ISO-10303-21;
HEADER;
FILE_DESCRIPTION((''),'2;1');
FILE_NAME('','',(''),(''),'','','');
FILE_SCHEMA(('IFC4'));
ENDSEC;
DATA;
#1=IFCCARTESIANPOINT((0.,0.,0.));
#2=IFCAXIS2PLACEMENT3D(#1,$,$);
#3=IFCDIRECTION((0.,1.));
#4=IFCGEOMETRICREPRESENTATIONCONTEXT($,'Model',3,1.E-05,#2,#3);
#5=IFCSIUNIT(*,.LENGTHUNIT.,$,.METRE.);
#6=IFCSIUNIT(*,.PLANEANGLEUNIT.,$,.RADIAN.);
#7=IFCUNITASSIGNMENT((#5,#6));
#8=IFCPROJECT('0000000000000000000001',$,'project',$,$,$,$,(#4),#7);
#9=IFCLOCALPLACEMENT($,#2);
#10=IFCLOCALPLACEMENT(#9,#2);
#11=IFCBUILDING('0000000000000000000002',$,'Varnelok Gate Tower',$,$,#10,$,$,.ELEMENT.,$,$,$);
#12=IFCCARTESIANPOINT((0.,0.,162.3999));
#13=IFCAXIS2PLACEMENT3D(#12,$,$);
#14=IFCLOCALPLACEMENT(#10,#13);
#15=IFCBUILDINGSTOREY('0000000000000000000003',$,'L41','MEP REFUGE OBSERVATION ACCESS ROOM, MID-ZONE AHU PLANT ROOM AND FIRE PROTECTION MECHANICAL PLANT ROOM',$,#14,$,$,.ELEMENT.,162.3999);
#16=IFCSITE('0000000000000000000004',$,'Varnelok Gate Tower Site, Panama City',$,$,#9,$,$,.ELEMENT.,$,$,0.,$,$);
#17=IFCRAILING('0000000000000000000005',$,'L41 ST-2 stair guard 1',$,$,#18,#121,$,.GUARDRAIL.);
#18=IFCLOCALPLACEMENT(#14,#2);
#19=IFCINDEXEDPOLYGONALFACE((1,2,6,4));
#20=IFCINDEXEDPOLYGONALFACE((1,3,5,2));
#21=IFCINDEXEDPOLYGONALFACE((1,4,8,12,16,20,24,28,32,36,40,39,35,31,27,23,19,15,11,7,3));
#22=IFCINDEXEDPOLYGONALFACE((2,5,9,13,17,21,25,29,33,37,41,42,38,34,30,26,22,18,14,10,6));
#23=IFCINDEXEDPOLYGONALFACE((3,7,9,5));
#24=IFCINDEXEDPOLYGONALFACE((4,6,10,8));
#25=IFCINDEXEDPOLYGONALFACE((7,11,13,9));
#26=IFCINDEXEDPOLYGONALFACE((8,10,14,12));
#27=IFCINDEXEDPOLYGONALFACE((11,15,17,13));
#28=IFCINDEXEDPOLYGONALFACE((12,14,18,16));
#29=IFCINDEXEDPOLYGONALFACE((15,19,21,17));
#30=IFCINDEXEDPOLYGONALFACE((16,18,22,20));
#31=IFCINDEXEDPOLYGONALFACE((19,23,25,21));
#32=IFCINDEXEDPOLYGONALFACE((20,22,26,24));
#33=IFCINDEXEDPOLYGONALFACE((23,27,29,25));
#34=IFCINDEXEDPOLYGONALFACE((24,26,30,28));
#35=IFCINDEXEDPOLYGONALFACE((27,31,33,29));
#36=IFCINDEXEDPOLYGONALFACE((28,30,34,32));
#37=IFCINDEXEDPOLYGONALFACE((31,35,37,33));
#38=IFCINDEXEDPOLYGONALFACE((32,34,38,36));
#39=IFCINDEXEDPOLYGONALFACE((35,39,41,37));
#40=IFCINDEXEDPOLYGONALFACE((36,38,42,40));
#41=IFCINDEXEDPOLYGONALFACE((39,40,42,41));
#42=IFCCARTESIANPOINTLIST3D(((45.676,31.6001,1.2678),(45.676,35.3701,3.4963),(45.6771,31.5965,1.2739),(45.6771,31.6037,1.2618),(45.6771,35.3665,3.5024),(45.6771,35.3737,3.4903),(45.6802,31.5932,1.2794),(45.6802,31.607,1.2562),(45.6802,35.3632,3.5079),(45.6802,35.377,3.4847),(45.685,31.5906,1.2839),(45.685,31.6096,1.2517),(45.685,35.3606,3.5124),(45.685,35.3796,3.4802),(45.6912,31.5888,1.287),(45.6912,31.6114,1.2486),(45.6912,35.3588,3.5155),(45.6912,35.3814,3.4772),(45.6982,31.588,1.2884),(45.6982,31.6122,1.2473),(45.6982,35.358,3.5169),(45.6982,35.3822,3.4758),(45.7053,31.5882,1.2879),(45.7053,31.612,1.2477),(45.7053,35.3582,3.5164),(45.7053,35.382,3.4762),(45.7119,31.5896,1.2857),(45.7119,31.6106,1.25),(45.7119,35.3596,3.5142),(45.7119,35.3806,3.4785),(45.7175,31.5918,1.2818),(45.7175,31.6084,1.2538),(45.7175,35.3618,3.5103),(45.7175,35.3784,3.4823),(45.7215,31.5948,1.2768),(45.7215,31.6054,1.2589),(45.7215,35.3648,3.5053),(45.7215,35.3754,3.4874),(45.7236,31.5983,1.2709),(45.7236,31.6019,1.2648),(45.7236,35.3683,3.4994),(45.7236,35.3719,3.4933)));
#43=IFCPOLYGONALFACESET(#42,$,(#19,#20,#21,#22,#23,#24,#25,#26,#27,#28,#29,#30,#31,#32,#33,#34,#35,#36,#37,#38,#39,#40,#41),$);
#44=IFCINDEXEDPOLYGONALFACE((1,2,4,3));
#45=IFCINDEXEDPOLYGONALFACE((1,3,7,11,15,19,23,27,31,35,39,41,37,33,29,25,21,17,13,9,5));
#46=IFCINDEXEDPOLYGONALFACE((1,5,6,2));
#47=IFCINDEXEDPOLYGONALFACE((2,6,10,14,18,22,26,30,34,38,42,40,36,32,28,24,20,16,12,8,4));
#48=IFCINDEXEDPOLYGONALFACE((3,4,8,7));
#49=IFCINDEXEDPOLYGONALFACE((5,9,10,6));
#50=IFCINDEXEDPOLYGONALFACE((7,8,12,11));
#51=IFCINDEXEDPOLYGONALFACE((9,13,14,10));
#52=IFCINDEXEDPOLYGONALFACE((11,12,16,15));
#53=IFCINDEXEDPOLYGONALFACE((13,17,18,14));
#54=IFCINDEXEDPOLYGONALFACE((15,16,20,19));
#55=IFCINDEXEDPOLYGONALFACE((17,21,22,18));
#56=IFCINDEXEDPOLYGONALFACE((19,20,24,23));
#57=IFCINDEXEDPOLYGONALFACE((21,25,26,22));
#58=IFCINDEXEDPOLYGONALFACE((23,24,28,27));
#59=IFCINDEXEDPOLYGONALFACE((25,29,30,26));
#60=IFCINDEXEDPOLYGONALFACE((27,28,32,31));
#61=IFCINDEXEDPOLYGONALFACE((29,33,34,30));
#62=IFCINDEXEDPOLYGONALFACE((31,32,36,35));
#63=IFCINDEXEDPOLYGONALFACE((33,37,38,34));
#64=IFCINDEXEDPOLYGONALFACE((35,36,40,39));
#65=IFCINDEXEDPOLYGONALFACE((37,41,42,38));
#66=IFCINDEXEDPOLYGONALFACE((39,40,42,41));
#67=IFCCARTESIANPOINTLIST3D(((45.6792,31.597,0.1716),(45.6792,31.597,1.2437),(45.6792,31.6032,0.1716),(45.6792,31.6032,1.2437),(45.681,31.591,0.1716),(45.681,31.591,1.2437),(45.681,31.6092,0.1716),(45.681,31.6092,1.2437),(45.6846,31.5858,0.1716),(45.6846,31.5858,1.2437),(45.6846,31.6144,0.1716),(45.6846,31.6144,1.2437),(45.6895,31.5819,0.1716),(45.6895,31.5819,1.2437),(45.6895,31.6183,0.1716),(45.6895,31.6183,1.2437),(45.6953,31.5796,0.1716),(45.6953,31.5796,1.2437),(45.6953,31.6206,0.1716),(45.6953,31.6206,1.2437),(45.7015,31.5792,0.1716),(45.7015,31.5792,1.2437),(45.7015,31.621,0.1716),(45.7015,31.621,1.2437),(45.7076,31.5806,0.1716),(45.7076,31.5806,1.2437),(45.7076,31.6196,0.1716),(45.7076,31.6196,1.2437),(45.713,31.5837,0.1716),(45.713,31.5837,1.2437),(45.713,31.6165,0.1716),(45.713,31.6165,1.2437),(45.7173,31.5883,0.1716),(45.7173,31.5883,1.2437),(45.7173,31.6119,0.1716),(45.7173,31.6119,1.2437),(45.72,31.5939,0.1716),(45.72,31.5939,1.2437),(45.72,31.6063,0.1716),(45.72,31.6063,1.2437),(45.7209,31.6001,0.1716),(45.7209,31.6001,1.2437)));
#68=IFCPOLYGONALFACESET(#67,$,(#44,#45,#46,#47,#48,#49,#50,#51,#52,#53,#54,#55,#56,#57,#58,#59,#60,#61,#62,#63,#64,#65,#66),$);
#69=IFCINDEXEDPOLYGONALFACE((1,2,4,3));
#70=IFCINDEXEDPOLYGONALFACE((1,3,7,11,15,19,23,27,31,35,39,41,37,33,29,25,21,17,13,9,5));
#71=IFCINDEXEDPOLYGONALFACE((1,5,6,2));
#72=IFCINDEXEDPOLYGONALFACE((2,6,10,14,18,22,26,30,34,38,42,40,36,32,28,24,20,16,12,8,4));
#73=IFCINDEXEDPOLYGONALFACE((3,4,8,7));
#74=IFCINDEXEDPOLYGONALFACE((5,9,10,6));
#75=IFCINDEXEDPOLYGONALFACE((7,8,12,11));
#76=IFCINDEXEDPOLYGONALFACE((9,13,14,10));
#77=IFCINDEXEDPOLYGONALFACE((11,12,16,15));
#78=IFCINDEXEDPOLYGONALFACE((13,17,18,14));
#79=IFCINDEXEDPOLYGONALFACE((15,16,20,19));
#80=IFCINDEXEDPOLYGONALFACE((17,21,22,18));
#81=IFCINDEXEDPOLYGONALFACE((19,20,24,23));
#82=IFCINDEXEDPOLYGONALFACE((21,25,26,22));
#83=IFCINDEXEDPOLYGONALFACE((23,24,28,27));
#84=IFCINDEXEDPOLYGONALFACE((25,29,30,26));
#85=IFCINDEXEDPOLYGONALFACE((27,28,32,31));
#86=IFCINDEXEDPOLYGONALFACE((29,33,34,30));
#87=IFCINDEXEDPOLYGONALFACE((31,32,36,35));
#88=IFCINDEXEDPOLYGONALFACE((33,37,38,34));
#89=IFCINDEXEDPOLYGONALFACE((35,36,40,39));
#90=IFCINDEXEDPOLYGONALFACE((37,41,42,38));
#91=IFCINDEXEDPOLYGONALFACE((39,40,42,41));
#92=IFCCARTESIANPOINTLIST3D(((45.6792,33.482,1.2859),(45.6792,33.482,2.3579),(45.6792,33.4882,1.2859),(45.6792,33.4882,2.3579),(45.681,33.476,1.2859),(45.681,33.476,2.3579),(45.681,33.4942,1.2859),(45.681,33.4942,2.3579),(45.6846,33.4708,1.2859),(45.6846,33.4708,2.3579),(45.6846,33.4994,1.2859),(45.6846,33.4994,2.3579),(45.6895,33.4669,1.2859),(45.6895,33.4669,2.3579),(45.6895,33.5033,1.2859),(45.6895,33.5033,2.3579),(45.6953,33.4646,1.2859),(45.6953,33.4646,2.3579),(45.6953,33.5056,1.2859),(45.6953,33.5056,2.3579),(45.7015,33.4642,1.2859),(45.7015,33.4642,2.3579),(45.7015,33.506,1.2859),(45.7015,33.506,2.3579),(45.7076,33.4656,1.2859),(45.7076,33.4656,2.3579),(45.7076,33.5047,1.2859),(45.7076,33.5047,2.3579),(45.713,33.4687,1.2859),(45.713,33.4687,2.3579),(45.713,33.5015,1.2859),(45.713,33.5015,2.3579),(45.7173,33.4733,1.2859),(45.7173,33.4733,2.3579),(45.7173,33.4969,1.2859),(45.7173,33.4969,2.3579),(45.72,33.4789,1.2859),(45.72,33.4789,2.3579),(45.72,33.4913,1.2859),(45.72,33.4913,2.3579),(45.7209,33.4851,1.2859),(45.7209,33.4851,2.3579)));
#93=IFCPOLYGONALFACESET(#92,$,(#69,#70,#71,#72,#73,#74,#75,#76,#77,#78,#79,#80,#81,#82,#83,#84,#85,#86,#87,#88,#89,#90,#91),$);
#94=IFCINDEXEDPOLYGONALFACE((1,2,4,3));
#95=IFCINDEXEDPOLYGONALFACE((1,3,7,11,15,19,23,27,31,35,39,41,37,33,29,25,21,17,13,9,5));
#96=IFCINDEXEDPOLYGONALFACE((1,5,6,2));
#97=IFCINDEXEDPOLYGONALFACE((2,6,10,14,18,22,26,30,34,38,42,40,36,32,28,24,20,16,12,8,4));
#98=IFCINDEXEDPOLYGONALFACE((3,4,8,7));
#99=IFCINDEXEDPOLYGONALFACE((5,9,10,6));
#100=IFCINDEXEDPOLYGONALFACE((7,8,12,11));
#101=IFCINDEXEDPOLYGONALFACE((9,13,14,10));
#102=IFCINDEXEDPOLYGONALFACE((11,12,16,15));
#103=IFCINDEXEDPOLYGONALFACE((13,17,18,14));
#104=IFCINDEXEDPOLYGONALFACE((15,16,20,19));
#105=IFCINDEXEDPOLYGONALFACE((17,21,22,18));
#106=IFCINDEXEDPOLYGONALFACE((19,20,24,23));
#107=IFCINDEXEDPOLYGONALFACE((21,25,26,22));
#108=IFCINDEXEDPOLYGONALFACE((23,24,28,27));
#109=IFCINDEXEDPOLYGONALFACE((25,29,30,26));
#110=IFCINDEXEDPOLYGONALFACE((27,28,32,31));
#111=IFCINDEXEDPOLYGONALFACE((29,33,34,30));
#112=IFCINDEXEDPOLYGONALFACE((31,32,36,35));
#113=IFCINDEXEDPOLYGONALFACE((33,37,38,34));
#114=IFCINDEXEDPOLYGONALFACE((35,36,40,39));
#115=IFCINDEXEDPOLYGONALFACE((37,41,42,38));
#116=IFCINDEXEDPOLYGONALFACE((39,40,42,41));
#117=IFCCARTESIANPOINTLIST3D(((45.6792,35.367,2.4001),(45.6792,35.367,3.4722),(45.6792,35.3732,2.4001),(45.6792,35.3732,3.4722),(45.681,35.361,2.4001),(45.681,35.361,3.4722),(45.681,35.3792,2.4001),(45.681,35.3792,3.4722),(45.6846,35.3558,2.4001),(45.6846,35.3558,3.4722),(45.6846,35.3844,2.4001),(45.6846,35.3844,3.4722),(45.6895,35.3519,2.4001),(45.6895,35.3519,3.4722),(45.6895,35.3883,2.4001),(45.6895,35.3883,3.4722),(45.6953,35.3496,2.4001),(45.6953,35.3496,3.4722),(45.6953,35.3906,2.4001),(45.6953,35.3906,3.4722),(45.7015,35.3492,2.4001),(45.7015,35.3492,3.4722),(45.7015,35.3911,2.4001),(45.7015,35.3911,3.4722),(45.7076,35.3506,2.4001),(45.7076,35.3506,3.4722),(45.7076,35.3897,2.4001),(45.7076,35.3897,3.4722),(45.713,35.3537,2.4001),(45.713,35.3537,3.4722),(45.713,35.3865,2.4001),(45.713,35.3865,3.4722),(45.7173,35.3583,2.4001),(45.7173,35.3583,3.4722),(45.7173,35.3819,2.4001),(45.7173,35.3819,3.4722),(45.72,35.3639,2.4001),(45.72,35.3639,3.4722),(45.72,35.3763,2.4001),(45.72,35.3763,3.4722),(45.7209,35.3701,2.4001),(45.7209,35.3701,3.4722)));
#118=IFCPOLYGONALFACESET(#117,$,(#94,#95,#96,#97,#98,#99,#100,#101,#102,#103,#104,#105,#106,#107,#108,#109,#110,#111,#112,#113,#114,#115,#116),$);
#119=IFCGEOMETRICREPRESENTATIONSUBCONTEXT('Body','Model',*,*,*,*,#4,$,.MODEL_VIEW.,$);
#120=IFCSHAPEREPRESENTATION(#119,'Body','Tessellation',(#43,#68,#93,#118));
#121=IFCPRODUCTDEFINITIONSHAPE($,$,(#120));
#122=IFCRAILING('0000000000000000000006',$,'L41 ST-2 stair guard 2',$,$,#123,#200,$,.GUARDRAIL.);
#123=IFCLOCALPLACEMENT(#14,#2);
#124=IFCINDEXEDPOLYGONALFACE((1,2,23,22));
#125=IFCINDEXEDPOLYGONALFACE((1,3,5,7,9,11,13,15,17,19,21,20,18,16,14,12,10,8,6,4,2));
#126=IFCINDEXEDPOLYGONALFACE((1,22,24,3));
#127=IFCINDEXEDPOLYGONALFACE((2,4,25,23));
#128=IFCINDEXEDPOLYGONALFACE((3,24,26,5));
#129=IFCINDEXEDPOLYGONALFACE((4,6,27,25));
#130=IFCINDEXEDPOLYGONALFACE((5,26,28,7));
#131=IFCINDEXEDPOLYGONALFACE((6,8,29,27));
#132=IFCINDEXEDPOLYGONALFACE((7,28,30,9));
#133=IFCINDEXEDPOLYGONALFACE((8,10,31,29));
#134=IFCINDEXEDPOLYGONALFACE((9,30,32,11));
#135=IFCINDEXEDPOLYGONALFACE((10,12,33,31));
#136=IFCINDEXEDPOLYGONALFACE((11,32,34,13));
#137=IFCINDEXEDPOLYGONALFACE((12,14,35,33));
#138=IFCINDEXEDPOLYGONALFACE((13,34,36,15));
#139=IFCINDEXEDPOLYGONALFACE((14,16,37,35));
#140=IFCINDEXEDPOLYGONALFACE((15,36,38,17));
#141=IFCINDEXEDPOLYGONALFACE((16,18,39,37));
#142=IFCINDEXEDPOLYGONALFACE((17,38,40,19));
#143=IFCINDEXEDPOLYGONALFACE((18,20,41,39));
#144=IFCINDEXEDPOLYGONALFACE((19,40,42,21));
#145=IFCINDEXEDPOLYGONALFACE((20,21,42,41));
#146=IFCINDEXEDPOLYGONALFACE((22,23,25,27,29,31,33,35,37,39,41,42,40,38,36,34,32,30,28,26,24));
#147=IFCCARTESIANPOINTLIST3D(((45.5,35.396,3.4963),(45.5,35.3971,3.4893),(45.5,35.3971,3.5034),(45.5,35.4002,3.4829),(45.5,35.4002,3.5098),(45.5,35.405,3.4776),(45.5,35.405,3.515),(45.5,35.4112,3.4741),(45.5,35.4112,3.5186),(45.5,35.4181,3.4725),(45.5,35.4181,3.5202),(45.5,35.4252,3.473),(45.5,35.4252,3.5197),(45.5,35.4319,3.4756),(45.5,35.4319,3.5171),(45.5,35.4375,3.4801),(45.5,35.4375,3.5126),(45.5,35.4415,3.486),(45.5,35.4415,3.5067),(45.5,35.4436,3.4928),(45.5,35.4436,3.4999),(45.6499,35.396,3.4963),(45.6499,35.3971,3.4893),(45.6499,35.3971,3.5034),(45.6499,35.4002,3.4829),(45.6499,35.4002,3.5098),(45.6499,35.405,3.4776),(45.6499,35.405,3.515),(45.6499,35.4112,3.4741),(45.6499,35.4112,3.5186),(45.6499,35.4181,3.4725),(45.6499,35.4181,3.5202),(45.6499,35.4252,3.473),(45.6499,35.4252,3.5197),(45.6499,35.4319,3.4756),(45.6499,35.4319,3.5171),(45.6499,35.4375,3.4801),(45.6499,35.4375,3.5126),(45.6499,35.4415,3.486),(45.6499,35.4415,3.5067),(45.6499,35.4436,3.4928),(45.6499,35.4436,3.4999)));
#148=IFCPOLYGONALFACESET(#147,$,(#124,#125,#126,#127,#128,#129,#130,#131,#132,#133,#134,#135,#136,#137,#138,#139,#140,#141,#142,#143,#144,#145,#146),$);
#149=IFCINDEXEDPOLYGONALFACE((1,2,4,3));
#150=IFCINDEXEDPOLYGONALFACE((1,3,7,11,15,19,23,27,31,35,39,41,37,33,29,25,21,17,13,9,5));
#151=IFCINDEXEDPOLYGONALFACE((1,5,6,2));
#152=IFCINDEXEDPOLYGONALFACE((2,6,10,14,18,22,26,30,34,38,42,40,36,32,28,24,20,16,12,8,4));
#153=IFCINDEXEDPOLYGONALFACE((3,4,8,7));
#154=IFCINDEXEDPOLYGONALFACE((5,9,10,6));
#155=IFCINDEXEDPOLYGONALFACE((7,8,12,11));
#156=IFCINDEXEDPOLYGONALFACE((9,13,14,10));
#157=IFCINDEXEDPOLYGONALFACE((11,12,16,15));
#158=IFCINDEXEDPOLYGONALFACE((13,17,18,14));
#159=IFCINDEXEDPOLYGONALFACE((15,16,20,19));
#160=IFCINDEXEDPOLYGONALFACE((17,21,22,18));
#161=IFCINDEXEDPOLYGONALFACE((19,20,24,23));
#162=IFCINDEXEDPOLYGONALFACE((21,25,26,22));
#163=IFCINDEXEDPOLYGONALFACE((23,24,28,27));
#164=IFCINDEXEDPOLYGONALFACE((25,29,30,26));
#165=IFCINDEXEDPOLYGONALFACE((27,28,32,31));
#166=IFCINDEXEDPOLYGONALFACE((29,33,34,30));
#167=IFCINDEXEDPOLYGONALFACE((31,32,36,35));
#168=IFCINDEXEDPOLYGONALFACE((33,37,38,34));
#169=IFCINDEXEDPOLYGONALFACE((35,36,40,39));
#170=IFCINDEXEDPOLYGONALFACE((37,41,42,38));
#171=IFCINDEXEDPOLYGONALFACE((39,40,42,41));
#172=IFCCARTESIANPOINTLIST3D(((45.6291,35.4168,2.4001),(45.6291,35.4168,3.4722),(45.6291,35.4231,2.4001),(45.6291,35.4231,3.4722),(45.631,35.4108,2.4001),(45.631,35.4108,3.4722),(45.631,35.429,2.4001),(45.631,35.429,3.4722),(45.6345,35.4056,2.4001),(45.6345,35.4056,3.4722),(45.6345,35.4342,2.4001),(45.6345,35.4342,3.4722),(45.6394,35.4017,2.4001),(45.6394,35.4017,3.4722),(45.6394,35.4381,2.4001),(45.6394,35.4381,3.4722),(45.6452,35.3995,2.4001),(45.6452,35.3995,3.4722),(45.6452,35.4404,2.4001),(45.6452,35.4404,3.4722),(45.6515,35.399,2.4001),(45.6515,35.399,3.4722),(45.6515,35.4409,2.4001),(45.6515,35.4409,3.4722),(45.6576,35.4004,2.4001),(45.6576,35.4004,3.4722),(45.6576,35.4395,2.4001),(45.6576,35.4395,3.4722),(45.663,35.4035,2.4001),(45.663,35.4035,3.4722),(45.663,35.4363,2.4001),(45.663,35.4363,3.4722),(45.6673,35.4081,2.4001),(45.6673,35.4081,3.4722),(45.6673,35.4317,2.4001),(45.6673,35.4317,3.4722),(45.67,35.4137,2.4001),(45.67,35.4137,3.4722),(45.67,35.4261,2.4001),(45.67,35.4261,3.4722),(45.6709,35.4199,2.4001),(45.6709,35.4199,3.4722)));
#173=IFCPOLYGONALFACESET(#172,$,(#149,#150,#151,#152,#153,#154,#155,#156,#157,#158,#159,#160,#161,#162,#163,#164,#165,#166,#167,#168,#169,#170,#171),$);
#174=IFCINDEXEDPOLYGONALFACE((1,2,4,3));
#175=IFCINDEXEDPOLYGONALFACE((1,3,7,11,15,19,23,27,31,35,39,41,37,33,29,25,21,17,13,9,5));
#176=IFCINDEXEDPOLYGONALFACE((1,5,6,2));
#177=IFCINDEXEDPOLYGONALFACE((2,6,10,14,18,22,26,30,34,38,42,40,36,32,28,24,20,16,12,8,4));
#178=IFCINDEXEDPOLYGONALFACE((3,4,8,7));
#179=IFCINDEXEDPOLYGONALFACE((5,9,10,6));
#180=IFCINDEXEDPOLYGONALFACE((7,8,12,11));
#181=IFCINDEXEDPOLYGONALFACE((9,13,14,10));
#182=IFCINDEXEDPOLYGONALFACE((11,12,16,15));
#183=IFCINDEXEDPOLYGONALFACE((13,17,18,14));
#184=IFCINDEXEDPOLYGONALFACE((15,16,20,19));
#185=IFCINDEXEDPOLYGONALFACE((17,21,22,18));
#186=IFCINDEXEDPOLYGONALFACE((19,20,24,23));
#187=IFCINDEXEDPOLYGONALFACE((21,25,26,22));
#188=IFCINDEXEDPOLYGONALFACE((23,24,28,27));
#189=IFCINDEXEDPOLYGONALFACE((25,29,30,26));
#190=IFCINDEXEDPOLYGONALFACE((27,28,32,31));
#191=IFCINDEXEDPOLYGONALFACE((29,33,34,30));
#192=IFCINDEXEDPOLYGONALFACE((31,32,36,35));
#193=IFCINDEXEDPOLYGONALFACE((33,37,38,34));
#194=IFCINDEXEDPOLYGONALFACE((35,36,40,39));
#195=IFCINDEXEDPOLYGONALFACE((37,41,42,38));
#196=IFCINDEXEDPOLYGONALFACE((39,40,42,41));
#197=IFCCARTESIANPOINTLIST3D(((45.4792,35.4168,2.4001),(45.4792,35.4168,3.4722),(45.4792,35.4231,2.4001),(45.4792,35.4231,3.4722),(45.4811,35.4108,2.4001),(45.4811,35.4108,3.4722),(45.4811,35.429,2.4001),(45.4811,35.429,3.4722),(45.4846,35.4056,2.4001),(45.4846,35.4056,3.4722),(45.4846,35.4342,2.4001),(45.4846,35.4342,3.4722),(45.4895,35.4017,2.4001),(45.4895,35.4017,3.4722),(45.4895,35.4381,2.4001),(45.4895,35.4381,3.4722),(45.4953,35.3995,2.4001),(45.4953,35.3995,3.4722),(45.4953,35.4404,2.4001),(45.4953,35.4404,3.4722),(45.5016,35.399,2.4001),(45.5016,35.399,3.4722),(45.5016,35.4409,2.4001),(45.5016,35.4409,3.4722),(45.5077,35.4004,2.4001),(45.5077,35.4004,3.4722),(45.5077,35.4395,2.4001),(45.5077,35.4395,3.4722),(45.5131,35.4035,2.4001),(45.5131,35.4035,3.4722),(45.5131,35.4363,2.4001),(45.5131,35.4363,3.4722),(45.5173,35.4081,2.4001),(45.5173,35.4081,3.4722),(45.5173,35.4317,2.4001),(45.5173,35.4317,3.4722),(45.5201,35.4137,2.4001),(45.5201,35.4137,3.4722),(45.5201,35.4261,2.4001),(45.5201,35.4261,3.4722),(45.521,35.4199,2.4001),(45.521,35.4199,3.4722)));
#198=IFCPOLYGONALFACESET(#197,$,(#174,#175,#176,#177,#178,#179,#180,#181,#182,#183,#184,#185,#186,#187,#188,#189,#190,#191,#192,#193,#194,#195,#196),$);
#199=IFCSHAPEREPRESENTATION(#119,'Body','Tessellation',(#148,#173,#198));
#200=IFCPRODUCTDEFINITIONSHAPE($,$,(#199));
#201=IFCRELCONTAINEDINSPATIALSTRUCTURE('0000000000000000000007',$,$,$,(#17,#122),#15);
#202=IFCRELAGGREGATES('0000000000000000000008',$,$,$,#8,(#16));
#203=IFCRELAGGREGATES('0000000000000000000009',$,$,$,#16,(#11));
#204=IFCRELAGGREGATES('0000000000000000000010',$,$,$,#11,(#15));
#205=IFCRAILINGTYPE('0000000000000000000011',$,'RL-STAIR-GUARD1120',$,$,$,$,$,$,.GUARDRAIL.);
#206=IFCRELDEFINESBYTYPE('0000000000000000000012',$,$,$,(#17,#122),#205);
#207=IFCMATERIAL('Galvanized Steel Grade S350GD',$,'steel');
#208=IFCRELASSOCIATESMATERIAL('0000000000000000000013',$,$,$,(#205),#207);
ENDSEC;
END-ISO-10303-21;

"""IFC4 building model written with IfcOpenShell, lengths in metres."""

from ifc_helpers import new_model, si_unit, direction, frame, origin, origin_2d, place, context, subcontext, project, spatial, circle, extrude, material, type_object, element, save


model = new_model("IFC4")

# Units and contexts
model_context = context("Model", 3, precision=1e-05, world=origin(), true_north=direction((0.0, 1.0)))
body_context = subcontext(model_context, "Body", "Model", "MODEL_VIEW")
ifc_project = project(units=[si_unit("LENGTHUNIT", "METRE"), si_unit("PLANEANGLEUNIT", "RADIAN")], contexts=[model_context])

# Site, building, storey
site_placement = place(None, origin())
site = spatial("IfcSite", under=ifc_project, at=site_placement, Name="Varnelok Gate Tower Site, Panama City", CompositionType="ELEMENT", RefElevation=0.0)
building_placement = place(site_placement, origin())
building = spatial("IfcBuilding", under=site, at=building_placement, Name="Varnelok Gate Tower", CompositionType="ELEMENT")
storey_placement = place(building_placement, frame((0.0, 0.0, 162.3999)))
storey = spatial("IfcBuildingStorey", under=building, at=storey_placement, Name="L41", Description="MEP REFUGE OBSERVATION ACCESS ROOM, MID-ZONE AHU PLANT ROOM AND FIRE PROTECTION MECHANICAL PLANT ROOM", CompositionType="ELEMENT", Elevation=162.3999)

# Shared definitions
ifc_material_1 = material(Name="Galvanized Steel Grade S350GD", Category="steel")

# Railings
railing_type_1 = type_object("IfcRailingType", Name="RL-STAIR-GUARD1120", PredefinedType="GUARDRAIL", material=ifc_material_1)
railing_1_placement = place(storey_placement, frame((45.7, 31.6001, 0.1716)))
element("IfcRailing", 1, at=railing_1_placement, inside=storey, type_object=railing_type_1, Name="L41 ST-2 stair guard 1", PredefinedType="GUARDRAIL", context=body_context, shape_type="SweptSolid", body=[
    extrude(circle(Radius=0.0239, at=origin_2d()), frame((0.0, 0.0, 1.0962), z_axis=(0.0, 0.860849, 0.508861), x_axis=(-1.0, 0.0, 0.0)), (0.0, 0.0, 1.0), 4.3794),
    extrude(circle(Radius=0.021, at=origin_2d()), origin(), (0.0, 0.0, 1.0), 1.072),
    extrude(circle(Radius=0.021, at=origin_2d()), frame((0.0, 1.885, 1.1143)), (0.0, 0.0, 1.0), 1.072),
    extrude(circle(Radius=0.021, at=origin_2d()), frame((0.0, 3.77, 2.2285)), (0.0, 0.0, 1.0), 1.072),
])
railing_2_placement = place(storey_placement, frame((45.6499, 35.4199, 2.4001)))
element("IfcRailing", 2, at=railing_2_placement, inside=storey, type_object=railing_type_1, Name="L41 ST-2 stair guard 2", PredefinedType="GUARDRAIL", context=body_context, shape_type="SweptSolid", body=[
    extrude(circle(Radius=0.0239, at=origin_2d()), frame((0.0, 0.0, 1.0962), z_axis=(-1.0, 0.0, 0.0), x_axis=(0.0, -1.0, 0.0)), (0.0, 0.0, 1.0), 0.1499),
    extrude(circle(Radius=0.021, at=origin_2d()), origin(), (0.0, 0.0, 1.0), 1.072),
    extrude(circle(Radius=0.021, at=origin_2d()), frame((-0.1499, 0.0, 0.0)), (0.0, 0.0, 1.0), 1.072),
])

save(model, "model.ifc")
